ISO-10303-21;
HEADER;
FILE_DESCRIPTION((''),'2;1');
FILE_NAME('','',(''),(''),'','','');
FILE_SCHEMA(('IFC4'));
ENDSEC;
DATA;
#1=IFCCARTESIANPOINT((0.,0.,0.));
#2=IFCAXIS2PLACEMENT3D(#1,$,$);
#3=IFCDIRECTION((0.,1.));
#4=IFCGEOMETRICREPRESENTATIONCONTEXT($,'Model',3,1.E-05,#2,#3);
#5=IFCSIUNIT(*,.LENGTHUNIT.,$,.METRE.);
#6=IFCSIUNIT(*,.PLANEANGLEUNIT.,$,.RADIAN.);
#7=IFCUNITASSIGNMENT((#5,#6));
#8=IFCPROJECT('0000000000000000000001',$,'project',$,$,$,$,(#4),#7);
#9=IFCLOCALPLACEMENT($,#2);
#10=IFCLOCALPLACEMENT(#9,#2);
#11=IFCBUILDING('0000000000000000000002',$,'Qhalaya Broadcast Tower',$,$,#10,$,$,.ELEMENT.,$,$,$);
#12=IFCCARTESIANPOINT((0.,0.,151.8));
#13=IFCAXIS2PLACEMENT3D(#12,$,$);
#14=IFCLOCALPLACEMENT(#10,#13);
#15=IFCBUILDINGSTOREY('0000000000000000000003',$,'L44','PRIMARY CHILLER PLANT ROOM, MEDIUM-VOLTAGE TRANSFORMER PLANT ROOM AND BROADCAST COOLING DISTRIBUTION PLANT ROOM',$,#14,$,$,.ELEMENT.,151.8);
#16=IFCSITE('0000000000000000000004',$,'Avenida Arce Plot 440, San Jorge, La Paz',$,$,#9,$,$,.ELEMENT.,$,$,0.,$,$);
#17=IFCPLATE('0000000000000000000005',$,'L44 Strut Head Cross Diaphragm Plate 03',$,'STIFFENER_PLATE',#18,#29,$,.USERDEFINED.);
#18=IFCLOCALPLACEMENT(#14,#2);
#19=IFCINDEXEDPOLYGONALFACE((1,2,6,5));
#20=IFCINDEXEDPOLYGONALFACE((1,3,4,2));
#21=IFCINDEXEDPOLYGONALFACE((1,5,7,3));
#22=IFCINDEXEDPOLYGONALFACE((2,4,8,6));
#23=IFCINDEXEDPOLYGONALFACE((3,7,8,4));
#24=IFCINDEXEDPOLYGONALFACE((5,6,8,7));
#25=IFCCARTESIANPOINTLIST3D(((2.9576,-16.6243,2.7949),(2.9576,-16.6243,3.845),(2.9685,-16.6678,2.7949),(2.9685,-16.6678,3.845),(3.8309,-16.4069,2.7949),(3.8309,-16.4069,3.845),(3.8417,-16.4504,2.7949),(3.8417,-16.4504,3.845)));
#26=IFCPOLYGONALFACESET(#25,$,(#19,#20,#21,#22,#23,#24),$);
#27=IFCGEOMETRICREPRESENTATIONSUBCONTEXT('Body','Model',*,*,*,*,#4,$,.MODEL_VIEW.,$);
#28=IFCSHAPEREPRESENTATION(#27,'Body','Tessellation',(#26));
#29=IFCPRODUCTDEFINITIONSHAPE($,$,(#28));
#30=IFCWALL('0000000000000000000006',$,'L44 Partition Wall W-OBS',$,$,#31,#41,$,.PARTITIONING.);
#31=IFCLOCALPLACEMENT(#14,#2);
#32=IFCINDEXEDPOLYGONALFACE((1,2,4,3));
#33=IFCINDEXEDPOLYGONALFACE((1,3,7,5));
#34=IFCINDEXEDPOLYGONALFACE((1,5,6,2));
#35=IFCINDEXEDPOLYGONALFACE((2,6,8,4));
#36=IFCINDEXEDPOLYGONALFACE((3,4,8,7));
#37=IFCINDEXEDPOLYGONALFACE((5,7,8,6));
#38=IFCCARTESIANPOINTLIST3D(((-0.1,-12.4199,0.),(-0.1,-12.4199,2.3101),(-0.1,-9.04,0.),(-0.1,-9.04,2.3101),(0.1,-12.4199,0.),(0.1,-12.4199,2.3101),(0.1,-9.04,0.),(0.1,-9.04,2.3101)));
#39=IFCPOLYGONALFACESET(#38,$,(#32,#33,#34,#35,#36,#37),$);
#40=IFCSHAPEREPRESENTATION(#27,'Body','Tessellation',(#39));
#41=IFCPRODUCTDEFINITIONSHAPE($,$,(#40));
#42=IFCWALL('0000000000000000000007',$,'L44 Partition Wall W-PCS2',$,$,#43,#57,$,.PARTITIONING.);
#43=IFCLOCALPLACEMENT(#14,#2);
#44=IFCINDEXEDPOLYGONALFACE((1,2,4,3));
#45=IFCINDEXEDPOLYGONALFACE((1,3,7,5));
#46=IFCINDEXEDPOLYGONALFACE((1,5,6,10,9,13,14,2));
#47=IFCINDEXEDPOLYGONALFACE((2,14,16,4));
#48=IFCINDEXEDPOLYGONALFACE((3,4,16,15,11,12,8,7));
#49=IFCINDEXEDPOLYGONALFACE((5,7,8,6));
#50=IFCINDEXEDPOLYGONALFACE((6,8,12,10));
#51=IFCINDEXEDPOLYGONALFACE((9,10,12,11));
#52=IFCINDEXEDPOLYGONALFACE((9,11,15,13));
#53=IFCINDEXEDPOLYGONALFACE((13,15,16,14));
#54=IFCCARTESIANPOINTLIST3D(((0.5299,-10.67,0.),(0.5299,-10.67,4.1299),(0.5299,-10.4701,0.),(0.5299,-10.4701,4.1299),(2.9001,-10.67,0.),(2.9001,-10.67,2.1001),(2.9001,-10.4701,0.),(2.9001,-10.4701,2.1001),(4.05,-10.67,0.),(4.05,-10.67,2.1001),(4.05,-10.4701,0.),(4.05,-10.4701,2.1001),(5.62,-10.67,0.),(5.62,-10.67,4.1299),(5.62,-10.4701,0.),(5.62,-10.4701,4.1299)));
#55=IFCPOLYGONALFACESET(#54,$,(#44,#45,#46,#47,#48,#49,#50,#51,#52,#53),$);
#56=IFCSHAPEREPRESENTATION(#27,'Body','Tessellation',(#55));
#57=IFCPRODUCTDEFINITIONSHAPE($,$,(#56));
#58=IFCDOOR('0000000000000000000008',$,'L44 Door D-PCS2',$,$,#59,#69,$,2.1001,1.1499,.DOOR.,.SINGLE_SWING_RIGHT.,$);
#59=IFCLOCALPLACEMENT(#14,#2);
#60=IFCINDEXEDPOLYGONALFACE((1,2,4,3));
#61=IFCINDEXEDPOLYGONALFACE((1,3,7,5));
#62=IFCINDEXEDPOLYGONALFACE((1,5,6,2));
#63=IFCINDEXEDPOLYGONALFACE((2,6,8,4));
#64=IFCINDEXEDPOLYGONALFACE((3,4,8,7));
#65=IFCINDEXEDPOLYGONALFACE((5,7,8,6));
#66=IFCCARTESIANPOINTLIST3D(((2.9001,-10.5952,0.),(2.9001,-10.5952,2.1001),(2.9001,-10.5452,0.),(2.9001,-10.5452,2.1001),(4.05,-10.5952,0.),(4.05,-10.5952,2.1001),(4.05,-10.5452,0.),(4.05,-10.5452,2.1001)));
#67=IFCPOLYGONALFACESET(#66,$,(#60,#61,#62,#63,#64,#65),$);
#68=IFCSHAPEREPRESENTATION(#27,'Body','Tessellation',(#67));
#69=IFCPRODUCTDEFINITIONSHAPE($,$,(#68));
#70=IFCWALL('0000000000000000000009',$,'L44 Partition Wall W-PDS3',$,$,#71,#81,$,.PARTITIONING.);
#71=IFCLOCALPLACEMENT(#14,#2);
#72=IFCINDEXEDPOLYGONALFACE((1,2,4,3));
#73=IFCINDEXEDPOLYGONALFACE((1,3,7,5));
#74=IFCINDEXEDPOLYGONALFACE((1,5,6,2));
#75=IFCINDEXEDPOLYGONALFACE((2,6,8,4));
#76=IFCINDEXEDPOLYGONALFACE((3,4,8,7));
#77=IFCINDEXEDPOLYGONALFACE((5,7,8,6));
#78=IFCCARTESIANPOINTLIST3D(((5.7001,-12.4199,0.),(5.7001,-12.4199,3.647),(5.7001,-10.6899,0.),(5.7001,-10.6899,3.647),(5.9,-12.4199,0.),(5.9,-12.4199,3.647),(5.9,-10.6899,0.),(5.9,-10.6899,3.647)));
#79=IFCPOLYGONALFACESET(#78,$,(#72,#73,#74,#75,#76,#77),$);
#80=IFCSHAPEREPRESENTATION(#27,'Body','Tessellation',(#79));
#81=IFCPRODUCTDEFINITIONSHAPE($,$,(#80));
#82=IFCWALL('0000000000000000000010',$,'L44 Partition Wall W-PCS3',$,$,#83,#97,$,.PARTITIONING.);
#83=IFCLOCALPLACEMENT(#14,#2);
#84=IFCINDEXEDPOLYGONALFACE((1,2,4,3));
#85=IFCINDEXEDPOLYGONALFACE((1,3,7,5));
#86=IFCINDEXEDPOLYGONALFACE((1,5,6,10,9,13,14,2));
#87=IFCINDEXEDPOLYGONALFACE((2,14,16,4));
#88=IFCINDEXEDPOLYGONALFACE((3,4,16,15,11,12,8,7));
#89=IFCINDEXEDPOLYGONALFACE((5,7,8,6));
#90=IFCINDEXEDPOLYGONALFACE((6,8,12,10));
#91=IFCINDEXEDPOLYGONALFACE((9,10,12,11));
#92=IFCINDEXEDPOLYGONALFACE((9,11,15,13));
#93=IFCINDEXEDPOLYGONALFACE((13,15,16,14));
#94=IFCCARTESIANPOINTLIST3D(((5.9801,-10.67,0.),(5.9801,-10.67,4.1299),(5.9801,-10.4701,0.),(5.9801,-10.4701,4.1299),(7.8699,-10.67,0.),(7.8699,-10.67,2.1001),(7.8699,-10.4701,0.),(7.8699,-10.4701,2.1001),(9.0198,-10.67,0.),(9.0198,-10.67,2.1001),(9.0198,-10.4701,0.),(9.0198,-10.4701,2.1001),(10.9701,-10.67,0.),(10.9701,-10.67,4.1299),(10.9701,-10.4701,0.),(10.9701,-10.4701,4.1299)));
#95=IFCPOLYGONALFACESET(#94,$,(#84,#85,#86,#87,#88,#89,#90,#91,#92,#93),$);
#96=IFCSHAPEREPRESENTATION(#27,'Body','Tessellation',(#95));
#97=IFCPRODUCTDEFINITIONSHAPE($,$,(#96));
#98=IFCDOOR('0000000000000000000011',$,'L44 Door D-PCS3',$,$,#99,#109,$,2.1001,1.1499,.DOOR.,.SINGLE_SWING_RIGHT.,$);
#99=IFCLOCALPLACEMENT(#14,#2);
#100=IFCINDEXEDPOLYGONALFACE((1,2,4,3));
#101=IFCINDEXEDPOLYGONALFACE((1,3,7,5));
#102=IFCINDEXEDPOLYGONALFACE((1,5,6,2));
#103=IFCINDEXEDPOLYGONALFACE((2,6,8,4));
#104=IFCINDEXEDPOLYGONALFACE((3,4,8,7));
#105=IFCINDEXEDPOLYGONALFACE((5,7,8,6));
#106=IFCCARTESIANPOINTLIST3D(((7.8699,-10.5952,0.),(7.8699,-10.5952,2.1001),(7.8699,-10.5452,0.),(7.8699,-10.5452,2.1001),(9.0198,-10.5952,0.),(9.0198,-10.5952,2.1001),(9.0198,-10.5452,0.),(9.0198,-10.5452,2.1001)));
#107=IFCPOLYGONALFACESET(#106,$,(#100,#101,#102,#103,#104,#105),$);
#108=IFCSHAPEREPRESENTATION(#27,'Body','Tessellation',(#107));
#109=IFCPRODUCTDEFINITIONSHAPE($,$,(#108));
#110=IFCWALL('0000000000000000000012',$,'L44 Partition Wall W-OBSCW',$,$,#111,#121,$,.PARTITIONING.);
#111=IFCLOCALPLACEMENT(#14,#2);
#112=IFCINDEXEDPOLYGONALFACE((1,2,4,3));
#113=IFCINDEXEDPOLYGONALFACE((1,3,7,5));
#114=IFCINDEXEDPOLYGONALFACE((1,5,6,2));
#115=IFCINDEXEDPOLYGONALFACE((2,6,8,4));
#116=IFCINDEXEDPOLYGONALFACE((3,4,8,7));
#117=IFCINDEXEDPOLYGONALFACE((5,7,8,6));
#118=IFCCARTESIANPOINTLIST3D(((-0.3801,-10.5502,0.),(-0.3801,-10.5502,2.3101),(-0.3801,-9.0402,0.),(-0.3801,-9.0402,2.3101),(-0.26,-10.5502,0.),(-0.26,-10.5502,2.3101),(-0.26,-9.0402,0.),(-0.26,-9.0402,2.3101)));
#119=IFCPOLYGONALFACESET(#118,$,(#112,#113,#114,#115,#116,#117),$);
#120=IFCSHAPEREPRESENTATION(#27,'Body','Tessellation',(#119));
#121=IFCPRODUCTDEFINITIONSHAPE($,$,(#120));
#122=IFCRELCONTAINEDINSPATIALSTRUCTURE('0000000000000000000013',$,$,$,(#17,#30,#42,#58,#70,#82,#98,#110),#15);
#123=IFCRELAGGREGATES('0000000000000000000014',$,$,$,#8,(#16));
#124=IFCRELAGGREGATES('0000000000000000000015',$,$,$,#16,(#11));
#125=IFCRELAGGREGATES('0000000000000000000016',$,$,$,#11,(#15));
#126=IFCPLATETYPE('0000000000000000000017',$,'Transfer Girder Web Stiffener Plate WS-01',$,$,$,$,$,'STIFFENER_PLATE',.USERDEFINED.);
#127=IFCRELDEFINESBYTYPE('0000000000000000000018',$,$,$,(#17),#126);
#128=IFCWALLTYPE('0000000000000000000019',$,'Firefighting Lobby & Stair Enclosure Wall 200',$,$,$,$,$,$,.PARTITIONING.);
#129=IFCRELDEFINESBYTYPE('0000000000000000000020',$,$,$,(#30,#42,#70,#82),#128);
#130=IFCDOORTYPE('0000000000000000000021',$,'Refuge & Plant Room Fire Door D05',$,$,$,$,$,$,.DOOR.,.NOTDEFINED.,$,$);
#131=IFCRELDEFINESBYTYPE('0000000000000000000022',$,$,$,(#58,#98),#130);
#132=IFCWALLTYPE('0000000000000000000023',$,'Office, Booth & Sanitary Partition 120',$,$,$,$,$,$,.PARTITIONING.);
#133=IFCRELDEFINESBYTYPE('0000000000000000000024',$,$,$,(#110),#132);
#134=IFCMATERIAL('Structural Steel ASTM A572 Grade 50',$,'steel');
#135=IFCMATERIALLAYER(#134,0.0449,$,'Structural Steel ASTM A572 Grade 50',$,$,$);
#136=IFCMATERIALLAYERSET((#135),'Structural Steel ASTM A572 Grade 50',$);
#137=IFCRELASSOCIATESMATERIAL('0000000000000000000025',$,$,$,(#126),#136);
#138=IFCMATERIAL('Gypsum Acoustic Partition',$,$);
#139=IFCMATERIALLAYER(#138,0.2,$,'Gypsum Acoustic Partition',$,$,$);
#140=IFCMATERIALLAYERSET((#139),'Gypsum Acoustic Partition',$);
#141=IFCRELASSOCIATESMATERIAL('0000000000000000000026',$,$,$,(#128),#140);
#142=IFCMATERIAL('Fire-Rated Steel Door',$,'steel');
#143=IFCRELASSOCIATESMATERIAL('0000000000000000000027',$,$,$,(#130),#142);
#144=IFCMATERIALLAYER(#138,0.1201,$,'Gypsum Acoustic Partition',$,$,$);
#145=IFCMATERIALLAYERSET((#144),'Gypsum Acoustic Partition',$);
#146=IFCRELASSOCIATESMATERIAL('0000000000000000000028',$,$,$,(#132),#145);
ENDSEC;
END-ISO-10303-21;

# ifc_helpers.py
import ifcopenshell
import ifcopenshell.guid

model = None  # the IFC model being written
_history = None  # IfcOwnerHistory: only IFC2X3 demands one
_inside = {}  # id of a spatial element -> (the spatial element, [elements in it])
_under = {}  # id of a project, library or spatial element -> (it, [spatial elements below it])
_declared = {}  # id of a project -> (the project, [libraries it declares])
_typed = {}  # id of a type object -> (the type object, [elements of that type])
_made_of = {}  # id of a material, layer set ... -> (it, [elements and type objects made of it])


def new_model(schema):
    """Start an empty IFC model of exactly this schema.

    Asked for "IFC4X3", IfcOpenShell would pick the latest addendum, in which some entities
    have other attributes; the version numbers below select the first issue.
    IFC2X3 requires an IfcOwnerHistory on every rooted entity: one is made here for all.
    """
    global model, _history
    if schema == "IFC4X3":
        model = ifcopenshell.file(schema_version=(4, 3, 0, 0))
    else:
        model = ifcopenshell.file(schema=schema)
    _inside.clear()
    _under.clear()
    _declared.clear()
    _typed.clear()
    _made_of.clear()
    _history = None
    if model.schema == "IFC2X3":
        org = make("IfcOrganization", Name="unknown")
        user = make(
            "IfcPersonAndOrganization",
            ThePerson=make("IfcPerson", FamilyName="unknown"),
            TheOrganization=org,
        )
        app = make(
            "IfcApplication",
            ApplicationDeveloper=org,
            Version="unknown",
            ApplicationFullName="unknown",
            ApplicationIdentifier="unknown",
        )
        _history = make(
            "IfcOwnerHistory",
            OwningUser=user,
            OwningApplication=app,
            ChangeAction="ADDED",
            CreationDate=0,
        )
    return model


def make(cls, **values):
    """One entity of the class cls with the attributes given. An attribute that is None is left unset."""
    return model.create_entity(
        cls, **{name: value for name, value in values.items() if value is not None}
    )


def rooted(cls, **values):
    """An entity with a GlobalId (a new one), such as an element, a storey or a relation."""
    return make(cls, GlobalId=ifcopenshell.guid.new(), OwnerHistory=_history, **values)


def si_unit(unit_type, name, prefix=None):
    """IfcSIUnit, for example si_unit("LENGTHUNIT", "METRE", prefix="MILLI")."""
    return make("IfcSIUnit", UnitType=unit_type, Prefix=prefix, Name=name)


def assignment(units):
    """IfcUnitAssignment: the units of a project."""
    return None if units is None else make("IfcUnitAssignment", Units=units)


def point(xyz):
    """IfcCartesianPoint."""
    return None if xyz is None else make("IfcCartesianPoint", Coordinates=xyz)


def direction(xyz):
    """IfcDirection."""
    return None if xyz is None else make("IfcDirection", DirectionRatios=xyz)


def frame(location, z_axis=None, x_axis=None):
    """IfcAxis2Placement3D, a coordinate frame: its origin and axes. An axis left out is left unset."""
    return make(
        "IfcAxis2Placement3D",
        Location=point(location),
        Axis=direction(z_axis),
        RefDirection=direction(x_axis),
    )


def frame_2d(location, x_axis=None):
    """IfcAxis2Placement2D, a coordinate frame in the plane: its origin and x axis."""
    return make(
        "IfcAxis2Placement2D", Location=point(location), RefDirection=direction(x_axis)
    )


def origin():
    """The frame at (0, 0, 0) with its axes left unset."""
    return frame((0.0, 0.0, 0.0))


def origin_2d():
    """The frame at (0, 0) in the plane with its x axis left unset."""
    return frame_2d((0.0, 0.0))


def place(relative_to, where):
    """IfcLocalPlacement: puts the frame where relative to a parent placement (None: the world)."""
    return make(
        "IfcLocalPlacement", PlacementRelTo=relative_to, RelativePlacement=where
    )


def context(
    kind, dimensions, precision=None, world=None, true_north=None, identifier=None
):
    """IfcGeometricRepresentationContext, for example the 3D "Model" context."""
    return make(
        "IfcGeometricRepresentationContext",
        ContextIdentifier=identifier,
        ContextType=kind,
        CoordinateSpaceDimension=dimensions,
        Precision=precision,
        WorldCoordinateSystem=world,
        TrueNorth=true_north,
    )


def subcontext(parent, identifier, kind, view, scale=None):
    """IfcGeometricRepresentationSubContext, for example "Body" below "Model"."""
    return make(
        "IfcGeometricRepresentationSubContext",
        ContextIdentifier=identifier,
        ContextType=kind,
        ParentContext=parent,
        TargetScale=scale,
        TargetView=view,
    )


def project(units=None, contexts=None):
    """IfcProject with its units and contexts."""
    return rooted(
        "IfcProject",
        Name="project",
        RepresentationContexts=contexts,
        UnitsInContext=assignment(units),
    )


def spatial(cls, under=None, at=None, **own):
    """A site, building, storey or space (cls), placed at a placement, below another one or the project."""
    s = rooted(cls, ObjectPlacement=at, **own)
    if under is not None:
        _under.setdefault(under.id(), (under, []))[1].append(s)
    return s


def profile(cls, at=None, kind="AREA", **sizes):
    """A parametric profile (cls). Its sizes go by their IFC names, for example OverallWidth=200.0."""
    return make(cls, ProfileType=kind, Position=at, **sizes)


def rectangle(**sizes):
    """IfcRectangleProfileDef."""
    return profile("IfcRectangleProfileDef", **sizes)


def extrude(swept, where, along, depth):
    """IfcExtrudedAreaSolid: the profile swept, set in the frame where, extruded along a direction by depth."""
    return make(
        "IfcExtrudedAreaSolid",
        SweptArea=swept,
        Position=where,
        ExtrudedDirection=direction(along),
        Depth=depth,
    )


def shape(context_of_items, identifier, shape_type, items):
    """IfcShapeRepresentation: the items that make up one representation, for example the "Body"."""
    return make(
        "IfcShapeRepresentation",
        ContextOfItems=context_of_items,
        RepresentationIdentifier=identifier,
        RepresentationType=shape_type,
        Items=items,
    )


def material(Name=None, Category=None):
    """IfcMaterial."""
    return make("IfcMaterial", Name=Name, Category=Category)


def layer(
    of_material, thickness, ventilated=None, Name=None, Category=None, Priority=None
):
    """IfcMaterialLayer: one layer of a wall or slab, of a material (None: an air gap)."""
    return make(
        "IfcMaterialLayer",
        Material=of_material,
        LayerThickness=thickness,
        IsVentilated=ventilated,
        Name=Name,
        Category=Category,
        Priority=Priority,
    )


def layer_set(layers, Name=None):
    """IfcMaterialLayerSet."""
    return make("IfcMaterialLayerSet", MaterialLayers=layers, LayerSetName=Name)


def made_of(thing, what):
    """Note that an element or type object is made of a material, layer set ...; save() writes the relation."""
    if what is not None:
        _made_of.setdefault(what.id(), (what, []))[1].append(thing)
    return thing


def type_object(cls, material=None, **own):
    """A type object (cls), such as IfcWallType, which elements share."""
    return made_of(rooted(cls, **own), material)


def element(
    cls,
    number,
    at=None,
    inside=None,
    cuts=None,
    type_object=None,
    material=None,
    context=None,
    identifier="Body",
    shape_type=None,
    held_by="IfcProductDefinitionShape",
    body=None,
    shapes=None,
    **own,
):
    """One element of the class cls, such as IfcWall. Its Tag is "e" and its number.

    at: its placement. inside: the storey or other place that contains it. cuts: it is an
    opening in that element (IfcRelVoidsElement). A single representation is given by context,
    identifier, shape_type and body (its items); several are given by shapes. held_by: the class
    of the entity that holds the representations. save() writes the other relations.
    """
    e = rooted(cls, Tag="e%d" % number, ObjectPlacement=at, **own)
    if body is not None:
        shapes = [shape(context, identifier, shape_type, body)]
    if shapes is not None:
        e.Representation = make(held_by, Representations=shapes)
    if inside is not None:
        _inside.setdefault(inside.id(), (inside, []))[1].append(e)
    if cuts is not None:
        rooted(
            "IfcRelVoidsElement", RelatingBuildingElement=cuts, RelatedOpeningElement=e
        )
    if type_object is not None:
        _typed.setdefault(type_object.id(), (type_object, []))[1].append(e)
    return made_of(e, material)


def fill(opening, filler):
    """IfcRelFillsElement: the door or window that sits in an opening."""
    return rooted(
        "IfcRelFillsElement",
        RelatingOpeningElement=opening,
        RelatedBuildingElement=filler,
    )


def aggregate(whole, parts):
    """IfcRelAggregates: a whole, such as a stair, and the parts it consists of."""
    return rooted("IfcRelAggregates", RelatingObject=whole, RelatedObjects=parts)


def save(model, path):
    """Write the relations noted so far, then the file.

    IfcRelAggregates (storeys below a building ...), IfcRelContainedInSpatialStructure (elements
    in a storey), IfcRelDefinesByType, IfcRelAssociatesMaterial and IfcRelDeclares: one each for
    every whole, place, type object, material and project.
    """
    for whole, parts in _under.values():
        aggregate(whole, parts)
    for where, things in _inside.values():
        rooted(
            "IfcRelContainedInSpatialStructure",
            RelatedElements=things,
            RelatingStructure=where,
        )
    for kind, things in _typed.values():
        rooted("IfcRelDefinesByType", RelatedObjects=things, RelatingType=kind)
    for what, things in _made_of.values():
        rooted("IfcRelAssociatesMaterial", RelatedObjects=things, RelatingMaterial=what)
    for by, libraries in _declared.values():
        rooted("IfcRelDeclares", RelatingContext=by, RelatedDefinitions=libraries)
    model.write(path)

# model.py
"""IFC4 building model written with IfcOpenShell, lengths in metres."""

from ifc_helpers import new_model, si_unit, direction, frame, frame_2d, origin, origin_2d, place, context, subcontext, project, spatial, rectangle, extrude, material, layer, layer_set, type_object, element, fill, save


model = new_model("IFC4")

# Units and contexts
model_context = context("Model", 3, precision=1e-05, world=origin(), true_north=direction((0.0, 1.0)))
body_context = subcontext(model_context, "Body", "Model", "MODEL_VIEW")
ifc_project = project(units=[si_unit("LENGTHUNIT", "METRE"), si_unit("PLANEANGLEUNIT", "RADIAN")], contexts=[model_context])

# Site, building, storey
site_placement = place(None, origin())
site = spatial("IfcSite", under=ifc_project, at=site_placement, Name="Avenida Arce Plot 440, San Jorge, La Paz", CompositionType="ELEMENT", RefElevation=0.0)
building_placement = place(site_placement, origin())
building = spatial("IfcBuilding", under=site, at=building_placement, Name="Qhalaya Broadcast Tower", CompositionType="ELEMENT")
storey_placement = place(building_placement, frame((0.0, 0.0, 151.8)))
storey = spatial("IfcBuildingStorey", under=building, at=storey_placement, Name="L44", Description="PRIMARY CHILLER PLANT ROOM, MEDIUM-VOLTAGE TRANSFORMER PLANT ROOM AND BROADCAST COOLING DISTRIBUTION PLANT ROOM", CompositionType="ELEMENT", Elevation=151.8)

# Shared definitions
ifc_material_1 = material(Name="Structural Steel ASTM A572 Grade 50", Category="steel")

# Plate
ifc_layer_1 = layer(ifc_material_1, 0.0449, Name="Structural Steel ASTM A572 Grade 50")
ifc_layer_set_1 = layer_set([ifc_layer_1], Name="Structural Steel ASTM A572 Grade 50")
plate_type_1 = type_object("IfcPlateType", Name="Transfer Girder Web Stiffener Plate WS-01", ElementType="STIFFENER_PLATE", PredefinedType="USERDEFINED", material=ifc_layer_set_1)
plate_1_placement = place(storey_placement, frame((3.3997, -16.5374, 2.7949), z_axis=(0.0, 0.0, 1.0), x_axis=(0.97038, 0.241583, 0.0)))
element("IfcPlate", 1, at=plate_1_placement, inside=storey, type_object=plate_type_1, Name="L44 Strut Head Cross Diaphragm Plate 03", ObjectType="STIFFENER_PLATE", PredefinedType="USERDEFINED", context=body_context, shape_type="SweptSolid", body=[
    extrude(rectangle(XDim=0.8999, YDim=0.0449, at=origin_2d()), origin(), (0.0, 0.0, 1.0), 1.05),
])

# Wall
ifc_material_2 = material(Name="Gypsum Acoustic Partition")
ifc_layer_2 = layer(ifc_material_2, 0.2, Name="Gypsum Acoustic Partition")
ifc_layer_set_2 = layer_set([ifc_layer_2], Name="Gypsum Acoustic Partition")
wall_type_1 = type_object("IfcWallType", Name="Firefighting Lobby & Stair Enclosure Wall 200", PredefinedType="PARTITIONING", material=ifc_layer_set_2)
wall_1_placement = place(storey_placement, frame((0.0, -12.4199, 0.0), z_axis=(0.0, 0.0, 1.0), x_axis=(0.0, 1.0, 0.0)))
element("IfcWall", 2, at=wall_1_placement, inside=storey, type_object=wall_type_1, Name="L44 Partition Wall W-OBS", PredefinedType="PARTITIONING", context=body_context, shape_type="SweptSolid", body=[
    extrude(rectangle(XDim=3.3799, YDim=0.2, at=frame_2d((1.6899, 0.0))), origin(), (0.0, 0.0, 1.0), 2.3101),
])

# Wall, opening, door
wall_2_placement = place(storey_placement, frame((0.53, -10.5701, 0.0), z_axis=(0.0, 0.0, 1.0), x_axis=(1.0, 0.0, 0.0)))
wall_2 = element("IfcWall", 3, at=wall_2_placement, inside=storey, type_object=wall_type_1, Name="L44 Partition Wall W-PCS2", PredefinedType="PARTITIONING", context=body_context, shape_type="SweptSolid", body=[
    extrude(rectangle(XDim=5.0901, YDim=0.2, at=frame_2d((2.5449, 0.0))), origin(), (0.0, 0.0, 1.0), 4.1299),
])
opening_1_placement = place(wall_2_placement, frame((2.3701, 0.0, 0.0)))
opening_1 = element("IfcOpeningElement", 4, at=opening_1_placement, cuts=wall_2, PredefinedType="OPENING", context=body_context, shape_type="SweptSolid", body=[
    extrude(rectangle(XDim=1.1499, YDim=2.1001, at=frame_2d((0.575, 1.05))), frame((0.0, 0.1121, 0.0), z_axis=(0.0, -1.0, 0.0), x_axis=(1.0, 0.0, 0.0)), (0.0, 0.0, 1.0), 0.2239),
])
ifc_material_3 = material(Name="Fire-Rated Steel Door", Category="steel")
door_type = type_object("IfcDoorType", Name="Refuge & Plant Room Fire Door D05", OperationType="NOTDEFINED", PredefinedType="DOOR", material=ifc_material_3)
door_1_placement = place(opening_1_placement, origin())
door_1 = element("IfcDoor", 5, at=door_1_placement, inside=storey, type_object=door_type, Name="L44 Door D-PCS2", OperationType="SINGLE_SWING_RIGHT", OverallHeight=2.1001, OverallWidth=1.1499, PredefinedType="DOOR", context=body_context, shape_type="SweptSolid", body=[
    extrude(rectangle(XDim=1.1499, YDim=2.1001, at=frame_2d((0.575, 1.05))), frame((0.0, 0.0249, 0.0), z_axis=(0.0, -1.0, 0.0), x_axis=(1.0, 0.0, 0.0)), (0.0, 0.0, 1.0), 0.05),
])
fill(opening_1, door_1)

# Wall
wall_3_placement = place(storey_placement, frame((5.8, -12.4199, 0.0), z_axis=(0.0, 0.0, 1.0), x_axis=(0.0, 1.0, 0.0)))
element("IfcWall", 6, at=wall_3_placement, inside=storey, type_object=wall_type_1, Name="L44 Partition Wall W-PDS3", PredefinedType="PARTITIONING", context=body_context, shape_type="SweptSolid", body=[
    extrude(rectangle(XDim=1.73, YDim=0.2, at=frame_2d((0.865, 0.0))), origin(), (0.0, 0.0, 1.0), 3.647),
])

# Wall, opening, door
wall_4_placement = place(storey_placement, frame((5.98, -10.5701, 0.0), z_axis=(0.0, 0.0, 1.0), x_axis=(1.0, 0.0, 0.0)))
wall_4 = element("IfcWall", 7, at=wall_4_placement, inside=storey, type_object=wall_type_1, Name="L44 Partition Wall W-PCS3", PredefinedType="PARTITIONING", context=body_context, shape_type="SweptSolid", body=[
    extrude(rectangle(XDim=4.99, YDim=0.2, at=frame_2d((2.4951, 0.0))), origin(), (0.0, 0.0, 1.0), 4.1299),
])
opening_2_placement = place(wall_4_placement, frame((1.8899, 0.0, 0.0)))
opening_2 = element("IfcOpeningElement", 8, at=opening_2_placement, cuts=wall_4, PredefinedType="OPENING", context=body_context, shape_type="SweptSolid", body=[
    extrude(rectangle(XDim=1.1499, YDim=2.1001, at=frame_2d((0.575, 1.05))), frame((0.0, 0.1121, 0.0), z_axis=(0.0, -1.0, 0.0), x_axis=(1.0, 0.0, 0.0)), (0.0, 0.0, 1.0), 0.2239),
])
door_2_placement = place(opening_2_placement, origin())
door_2 = element("IfcDoor", 9, at=door_2_placement, inside=storey, type_object=door_type, Name="L44 Door D-PCS3", OperationType="SINGLE_SWING_RIGHT", OverallHeight=2.1001, OverallWidth=1.1499, PredefinedType="DOOR", context=body_context, shape_type="SweptSolid", body=[
    extrude(rectangle(XDim=1.1499, YDim=2.1001, at=frame_2d((0.575, 1.05))), frame((0.0, 0.0249, 0.0), z_axis=(0.0, -1.0, 0.0), x_axis=(1.0, 0.0, 0.0)), (0.0, 0.0, 1.0), 0.05),
])
fill(opening_2, door_2)

# Wall
ifc_layer_3 = layer(ifc_material_2, 0.1201, Name="Gypsum Acoustic Partition")
ifc_layer_set_3 = layer_set([ifc_layer_3], Name="Gypsum Acoustic Partition")
wall_type_2 = type_object("IfcWallType", Name="Office, Booth & Sanitary Partition 120", PredefinedType="PARTITIONING", material=ifc_layer_set_3)
wall_5_placement = place(storey_placement, frame((-0.3201, -10.55, 0.0), z_axis=(0.0, 0.0, 1.0), x_axis=(0.0, 1.0, 0.0)))
element("IfcWall", 10, at=wall_5_placement, inside=storey, type_object=wall_type_2, Name="L44 Partition Wall W-OBSCW", PredefinedType="PARTITIONING", context=body_context, shape_type="SweptSolid", body=[
    extrude(rectangle(XDim=1.51, YDim=0.1201, at=frame_2d((0.7549, 0.0))), origin(), (0.0, 0.0, 1.0), 2.3101),
])

save(model, "model.ifc")
